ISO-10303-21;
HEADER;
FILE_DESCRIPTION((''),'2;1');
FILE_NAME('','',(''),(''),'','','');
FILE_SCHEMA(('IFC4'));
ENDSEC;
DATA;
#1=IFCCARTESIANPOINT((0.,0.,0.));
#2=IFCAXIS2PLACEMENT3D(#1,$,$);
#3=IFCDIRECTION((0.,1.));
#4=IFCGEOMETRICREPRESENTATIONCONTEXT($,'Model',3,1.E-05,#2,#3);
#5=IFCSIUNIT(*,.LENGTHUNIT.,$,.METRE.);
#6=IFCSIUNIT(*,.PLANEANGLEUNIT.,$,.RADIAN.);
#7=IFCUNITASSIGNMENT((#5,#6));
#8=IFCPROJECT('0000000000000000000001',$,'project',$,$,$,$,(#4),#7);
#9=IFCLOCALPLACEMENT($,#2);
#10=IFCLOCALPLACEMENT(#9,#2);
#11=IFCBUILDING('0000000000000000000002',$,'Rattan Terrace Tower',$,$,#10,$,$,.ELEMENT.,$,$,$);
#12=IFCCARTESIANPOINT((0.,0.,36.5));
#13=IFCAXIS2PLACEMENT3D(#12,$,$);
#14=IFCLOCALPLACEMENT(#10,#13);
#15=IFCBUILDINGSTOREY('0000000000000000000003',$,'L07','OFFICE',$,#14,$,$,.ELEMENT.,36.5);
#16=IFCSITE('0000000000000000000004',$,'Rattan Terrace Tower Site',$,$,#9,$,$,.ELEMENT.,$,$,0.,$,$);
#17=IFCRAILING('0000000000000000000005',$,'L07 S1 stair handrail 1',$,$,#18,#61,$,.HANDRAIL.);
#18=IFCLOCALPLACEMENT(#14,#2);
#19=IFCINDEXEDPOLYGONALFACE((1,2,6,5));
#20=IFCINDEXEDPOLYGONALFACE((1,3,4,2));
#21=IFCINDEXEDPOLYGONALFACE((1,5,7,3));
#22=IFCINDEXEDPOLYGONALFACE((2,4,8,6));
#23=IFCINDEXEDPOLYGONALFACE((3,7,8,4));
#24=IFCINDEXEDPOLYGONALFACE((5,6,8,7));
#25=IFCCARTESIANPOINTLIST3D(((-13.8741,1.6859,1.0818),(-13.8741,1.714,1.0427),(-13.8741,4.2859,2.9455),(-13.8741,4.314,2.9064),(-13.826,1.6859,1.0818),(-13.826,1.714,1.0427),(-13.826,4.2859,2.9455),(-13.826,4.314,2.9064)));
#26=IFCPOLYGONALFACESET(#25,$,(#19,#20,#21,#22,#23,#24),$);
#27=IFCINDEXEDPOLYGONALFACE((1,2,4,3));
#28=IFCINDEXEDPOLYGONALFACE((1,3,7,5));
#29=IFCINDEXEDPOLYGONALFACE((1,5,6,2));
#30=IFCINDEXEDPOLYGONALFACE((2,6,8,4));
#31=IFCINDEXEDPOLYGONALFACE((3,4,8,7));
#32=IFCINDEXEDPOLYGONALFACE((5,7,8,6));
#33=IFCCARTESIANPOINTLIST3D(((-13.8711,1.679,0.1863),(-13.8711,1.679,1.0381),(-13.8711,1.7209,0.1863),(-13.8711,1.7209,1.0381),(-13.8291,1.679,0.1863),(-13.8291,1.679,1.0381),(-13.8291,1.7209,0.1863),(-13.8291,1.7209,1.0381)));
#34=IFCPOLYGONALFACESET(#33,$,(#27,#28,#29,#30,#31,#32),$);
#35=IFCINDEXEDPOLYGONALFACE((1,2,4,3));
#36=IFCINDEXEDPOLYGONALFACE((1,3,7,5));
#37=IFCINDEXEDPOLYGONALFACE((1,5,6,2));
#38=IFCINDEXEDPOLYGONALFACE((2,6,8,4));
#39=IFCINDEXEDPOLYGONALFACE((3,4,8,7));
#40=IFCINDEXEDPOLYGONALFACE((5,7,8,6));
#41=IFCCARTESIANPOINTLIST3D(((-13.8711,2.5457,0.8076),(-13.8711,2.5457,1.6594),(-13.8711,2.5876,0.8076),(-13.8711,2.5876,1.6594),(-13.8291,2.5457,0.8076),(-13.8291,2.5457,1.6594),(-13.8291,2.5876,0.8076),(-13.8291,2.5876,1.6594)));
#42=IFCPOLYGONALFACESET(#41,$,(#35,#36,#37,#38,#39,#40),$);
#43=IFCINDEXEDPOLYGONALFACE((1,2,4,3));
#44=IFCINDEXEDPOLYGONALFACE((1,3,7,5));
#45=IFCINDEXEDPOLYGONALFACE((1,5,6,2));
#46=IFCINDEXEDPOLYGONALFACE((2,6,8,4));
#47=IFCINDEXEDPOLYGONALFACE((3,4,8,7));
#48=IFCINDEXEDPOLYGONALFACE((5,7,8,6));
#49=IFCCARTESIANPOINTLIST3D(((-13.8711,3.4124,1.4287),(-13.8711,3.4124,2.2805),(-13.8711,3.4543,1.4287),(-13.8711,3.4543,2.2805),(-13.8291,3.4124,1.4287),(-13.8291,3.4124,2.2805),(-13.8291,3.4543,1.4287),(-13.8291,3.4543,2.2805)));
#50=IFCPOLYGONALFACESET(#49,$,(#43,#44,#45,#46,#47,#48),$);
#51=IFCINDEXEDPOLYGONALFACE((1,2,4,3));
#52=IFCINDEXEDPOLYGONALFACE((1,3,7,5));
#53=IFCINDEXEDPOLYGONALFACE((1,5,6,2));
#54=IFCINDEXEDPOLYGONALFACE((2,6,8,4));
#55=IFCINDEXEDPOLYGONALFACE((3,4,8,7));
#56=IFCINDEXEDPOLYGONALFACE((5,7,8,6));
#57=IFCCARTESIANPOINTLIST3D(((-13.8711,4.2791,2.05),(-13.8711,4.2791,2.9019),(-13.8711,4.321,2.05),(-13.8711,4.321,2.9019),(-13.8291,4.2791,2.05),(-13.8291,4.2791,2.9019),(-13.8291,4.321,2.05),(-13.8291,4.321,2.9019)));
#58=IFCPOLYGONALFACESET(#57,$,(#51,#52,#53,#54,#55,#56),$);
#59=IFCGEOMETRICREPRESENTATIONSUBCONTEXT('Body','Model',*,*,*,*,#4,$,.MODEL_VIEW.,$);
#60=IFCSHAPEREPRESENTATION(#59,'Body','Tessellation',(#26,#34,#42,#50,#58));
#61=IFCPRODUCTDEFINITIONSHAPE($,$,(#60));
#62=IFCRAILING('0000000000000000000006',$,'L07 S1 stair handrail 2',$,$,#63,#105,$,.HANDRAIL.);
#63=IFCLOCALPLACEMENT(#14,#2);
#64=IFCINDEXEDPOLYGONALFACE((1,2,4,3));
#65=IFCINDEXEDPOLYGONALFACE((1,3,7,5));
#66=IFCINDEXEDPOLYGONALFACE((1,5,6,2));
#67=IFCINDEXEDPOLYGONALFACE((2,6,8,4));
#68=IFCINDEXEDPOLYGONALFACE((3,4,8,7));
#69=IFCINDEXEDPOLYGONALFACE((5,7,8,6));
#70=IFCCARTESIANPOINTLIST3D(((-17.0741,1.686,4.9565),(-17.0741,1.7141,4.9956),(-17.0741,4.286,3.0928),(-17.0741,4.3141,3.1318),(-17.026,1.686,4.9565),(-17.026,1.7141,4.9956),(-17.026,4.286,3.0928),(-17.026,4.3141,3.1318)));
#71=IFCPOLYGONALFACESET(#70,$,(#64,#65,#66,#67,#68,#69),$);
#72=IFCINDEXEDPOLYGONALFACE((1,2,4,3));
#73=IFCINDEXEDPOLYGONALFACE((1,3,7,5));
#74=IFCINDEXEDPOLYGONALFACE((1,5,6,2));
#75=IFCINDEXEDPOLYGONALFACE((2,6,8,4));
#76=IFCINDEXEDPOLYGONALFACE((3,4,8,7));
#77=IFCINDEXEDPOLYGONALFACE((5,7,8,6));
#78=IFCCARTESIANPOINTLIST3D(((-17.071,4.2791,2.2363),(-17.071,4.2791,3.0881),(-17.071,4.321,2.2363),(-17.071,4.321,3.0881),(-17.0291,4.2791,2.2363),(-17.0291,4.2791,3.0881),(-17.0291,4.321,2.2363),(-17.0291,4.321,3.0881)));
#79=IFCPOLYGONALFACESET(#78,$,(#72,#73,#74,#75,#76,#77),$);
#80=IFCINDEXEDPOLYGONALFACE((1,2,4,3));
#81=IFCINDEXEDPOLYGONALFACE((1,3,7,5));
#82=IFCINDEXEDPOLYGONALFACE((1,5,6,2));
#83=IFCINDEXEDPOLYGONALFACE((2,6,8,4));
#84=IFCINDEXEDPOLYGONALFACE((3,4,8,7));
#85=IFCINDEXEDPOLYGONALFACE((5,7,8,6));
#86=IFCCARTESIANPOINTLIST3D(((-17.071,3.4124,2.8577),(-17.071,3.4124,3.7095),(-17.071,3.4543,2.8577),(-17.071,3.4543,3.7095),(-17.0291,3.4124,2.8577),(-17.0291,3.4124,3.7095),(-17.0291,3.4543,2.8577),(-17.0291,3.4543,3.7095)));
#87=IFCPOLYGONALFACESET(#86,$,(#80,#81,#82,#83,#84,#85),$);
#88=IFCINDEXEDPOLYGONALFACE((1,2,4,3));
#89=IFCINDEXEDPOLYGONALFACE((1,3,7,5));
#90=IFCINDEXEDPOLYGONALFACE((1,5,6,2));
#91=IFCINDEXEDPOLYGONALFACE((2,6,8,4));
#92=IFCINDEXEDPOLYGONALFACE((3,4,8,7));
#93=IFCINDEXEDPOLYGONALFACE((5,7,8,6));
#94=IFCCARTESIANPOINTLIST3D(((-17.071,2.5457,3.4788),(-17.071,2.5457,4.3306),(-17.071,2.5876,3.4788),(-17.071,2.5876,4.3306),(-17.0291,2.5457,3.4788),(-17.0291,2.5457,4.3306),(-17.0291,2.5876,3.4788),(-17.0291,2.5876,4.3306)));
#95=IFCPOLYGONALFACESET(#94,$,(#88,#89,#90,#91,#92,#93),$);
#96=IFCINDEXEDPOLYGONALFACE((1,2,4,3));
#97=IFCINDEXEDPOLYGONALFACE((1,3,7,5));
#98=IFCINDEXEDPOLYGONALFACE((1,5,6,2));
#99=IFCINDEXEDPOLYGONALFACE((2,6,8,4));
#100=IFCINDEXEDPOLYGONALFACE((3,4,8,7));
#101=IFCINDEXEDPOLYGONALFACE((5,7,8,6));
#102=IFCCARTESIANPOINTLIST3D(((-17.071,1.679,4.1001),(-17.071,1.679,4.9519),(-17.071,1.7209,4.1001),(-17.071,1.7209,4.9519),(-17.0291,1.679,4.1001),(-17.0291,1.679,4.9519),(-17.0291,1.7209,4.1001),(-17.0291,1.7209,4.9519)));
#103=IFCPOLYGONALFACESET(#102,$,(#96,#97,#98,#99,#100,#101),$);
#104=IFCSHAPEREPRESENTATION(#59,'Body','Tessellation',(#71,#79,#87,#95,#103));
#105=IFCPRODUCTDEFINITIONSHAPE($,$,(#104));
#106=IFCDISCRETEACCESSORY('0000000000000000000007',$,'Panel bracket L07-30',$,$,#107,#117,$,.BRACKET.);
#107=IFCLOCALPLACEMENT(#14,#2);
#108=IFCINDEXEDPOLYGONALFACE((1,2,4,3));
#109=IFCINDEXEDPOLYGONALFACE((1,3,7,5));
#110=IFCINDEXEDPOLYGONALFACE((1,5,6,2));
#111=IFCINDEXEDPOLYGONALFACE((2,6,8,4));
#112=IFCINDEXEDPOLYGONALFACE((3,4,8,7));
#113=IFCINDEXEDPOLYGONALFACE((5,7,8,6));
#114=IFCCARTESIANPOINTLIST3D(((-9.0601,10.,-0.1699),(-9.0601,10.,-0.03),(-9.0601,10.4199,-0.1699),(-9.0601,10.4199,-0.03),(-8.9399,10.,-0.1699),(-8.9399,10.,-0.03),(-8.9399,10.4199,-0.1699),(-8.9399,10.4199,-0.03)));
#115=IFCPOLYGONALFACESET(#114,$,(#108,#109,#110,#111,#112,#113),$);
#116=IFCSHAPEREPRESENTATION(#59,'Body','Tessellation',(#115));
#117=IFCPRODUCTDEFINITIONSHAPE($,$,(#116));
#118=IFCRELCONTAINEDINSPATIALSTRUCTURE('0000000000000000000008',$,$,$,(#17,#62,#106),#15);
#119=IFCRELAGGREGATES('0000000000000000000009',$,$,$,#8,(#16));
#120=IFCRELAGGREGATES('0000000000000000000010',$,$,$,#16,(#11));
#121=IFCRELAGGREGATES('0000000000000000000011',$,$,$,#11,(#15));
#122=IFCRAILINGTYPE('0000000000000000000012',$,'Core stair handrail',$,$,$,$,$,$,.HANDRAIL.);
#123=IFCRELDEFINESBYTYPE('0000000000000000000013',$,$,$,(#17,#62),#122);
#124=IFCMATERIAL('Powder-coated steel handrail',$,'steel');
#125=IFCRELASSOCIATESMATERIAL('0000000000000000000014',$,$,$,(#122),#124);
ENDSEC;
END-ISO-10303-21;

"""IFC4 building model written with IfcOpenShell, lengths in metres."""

from ifc_helpers import new_model, si_unit, direction, frame, origin, origin_2d, place, context, subcontext, project, spatial, rectangle, extrude, material, type_object, element, save


model = new_model("IFC4")

# Units and contexts
model_context = context("Model", 3, precision=1e-05, world=origin(), true_north=direction((0.0, 1.0)))
body_context = subcontext(model_context, "Body", "Model", "MODEL_VIEW")
ifc_project = project(units=[si_unit("LENGTHUNIT", "METRE"), si_unit("PLANEANGLEUNIT", "RADIAN")], contexts=[model_context])

# Site, building, storey
site_placement = place(None, origin())
site = spatial("IfcSite", under=ifc_project, at=site_placement, Name="Rattan Terrace Tower Site", CompositionType="ELEMENT", RefElevation=0.0)
building_placement = place(site_placement, origin())
building = spatial("IfcBuilding", under=site, at=building_placement, Name="Rattan Terrace Tower", CompositionType="ELEMENT")
storey_placement = place(building_placement, frame((0.0, 0.0, 36.5)))
storey = spatial("IfcBuildingStorey", under=building, at=storey_placement, Name="L07", Description="OFFICE", CompositionType="ELEMENT", Elevation=36.5)

# Railings
ifc_material_1 = material(Name="Powder-coated steel handrail", Category="steel")
railing_type_1 = type_object("IfcRailingType", Name="Core stair handrail", PredefinedType="HANDRAIL", material=ifc_material_1)
railing_1_placement = place(storey_placement, frame((-13.8501, 1.7, 0.1863)))
element("IfcRailing", 1, at=railing_1_placement, inside=storey, type_object=railing_type_1, Name="L07 S1 stair handrail 1", PredefinedType="HANDRAIL", context=body_context, shape_type="SweptSolid", body=[
    extrude(rectangle(XDim=0.0481, YDim=0.0481, at=origin_2d()), frame((0.0, 0.0, 0.876), z_axis=(0.0, 0.812763, 0.582595), x_axis=(-1.0, 0.0, 0.0)), (0.0, 0.0, 1.0), 3.199),
    extrude(rectangle(XDim=0.042, YDim=0.042, at=origin_2d()), origin(), (0.0, 0.0, 1.0), 0.8518),
    extrude(rectangle(XDim=0.042, YDim=0.042, at=origin_2d()), frame((0.0, 0.8667, 0.6213)), (0.0, 0.0, 1.0), 0.8518),
    extrude(rectangle(XDim=0.042, YDim=0.042, at=origin_2d()), frame((0.0, 1.7334, 1.2424)), (0.0, 0.0, 1.0), 0.8518),
    extrude(rectangle(XDim=0.042, YDim=0.042, at=origin_2d()), frame((0.0, 2.6001, 1.8638)), (0.0, 0.0, 1.0), 0.8518),
])
railing_2_placement = place(storey_placement, frame((-17.05, 4.3, 2.2363)))
element("IfcRailing", 2, at=railing_2_placement, inside=storey, type_object=railing_type_1, Name="L07 S1 stair handrail 2", PredefinedType="HANDRAIL", context=body_context, shape_type="SweptSolid", body=[
    extrude(rectangle(XDim=0.0481, YDim=0.0481, at=origin_2d()), frame((0.0, 0.0, 0.876), z_axis=(0.0, -0.812763, 0.582595), x_axis=(1.0, 0.0, 0.0)), (0.0, 0.0, 1.0), 3.199),
    extrude(rectangle(XDim=0.042, YDim=0.042, at=origin_2d()), origin(), (0.0, 0.0, 1.0), 0.8518),
    extrude(rectangle(XDim=0.042, YDim=0.042, at=origin_2d()), frame((0.0, -0.8667, 0.6213)), (0.0, 0.0, 1.0), 0.8518),
    extrude(rectangle(XDim=0.042, YDim=0.042, at=origin_2d()), frame((0.0, -1.7334, 1.2424)), (0.0, 0.0, 1.0), 0.8518),
    extrude(rectangle(XDim=0.042, YDim=0.042, at=origin_2d()), frame((0.0, -2.6001, 1.8638)), (0.0, 0.0, 1.0), 0.8518),
])

# Discrete accessory
discrete_accessory_placement = place(storey_placement, frame((-9.0, 10.21, -0.1699), z_axis=(0.0, 0.0, 1.0), x_axis=(-1.0, 0.0, 0.0)))
element("IfcDiscreteAccessory", 3, at=discrete_accessory_placement, inside=storey, Name="Panel bracket L07-30", PredefinedType="BRACKET", context=body_context, shape_type="SweptSolid", body=[
    extrude(rectangle(XDim=0.1201, YDim=0.4199, at=origin_2d()), origin(), (0.0, 0.0, 1.0), 0.1399),
])

save(model, "model.ifc")
